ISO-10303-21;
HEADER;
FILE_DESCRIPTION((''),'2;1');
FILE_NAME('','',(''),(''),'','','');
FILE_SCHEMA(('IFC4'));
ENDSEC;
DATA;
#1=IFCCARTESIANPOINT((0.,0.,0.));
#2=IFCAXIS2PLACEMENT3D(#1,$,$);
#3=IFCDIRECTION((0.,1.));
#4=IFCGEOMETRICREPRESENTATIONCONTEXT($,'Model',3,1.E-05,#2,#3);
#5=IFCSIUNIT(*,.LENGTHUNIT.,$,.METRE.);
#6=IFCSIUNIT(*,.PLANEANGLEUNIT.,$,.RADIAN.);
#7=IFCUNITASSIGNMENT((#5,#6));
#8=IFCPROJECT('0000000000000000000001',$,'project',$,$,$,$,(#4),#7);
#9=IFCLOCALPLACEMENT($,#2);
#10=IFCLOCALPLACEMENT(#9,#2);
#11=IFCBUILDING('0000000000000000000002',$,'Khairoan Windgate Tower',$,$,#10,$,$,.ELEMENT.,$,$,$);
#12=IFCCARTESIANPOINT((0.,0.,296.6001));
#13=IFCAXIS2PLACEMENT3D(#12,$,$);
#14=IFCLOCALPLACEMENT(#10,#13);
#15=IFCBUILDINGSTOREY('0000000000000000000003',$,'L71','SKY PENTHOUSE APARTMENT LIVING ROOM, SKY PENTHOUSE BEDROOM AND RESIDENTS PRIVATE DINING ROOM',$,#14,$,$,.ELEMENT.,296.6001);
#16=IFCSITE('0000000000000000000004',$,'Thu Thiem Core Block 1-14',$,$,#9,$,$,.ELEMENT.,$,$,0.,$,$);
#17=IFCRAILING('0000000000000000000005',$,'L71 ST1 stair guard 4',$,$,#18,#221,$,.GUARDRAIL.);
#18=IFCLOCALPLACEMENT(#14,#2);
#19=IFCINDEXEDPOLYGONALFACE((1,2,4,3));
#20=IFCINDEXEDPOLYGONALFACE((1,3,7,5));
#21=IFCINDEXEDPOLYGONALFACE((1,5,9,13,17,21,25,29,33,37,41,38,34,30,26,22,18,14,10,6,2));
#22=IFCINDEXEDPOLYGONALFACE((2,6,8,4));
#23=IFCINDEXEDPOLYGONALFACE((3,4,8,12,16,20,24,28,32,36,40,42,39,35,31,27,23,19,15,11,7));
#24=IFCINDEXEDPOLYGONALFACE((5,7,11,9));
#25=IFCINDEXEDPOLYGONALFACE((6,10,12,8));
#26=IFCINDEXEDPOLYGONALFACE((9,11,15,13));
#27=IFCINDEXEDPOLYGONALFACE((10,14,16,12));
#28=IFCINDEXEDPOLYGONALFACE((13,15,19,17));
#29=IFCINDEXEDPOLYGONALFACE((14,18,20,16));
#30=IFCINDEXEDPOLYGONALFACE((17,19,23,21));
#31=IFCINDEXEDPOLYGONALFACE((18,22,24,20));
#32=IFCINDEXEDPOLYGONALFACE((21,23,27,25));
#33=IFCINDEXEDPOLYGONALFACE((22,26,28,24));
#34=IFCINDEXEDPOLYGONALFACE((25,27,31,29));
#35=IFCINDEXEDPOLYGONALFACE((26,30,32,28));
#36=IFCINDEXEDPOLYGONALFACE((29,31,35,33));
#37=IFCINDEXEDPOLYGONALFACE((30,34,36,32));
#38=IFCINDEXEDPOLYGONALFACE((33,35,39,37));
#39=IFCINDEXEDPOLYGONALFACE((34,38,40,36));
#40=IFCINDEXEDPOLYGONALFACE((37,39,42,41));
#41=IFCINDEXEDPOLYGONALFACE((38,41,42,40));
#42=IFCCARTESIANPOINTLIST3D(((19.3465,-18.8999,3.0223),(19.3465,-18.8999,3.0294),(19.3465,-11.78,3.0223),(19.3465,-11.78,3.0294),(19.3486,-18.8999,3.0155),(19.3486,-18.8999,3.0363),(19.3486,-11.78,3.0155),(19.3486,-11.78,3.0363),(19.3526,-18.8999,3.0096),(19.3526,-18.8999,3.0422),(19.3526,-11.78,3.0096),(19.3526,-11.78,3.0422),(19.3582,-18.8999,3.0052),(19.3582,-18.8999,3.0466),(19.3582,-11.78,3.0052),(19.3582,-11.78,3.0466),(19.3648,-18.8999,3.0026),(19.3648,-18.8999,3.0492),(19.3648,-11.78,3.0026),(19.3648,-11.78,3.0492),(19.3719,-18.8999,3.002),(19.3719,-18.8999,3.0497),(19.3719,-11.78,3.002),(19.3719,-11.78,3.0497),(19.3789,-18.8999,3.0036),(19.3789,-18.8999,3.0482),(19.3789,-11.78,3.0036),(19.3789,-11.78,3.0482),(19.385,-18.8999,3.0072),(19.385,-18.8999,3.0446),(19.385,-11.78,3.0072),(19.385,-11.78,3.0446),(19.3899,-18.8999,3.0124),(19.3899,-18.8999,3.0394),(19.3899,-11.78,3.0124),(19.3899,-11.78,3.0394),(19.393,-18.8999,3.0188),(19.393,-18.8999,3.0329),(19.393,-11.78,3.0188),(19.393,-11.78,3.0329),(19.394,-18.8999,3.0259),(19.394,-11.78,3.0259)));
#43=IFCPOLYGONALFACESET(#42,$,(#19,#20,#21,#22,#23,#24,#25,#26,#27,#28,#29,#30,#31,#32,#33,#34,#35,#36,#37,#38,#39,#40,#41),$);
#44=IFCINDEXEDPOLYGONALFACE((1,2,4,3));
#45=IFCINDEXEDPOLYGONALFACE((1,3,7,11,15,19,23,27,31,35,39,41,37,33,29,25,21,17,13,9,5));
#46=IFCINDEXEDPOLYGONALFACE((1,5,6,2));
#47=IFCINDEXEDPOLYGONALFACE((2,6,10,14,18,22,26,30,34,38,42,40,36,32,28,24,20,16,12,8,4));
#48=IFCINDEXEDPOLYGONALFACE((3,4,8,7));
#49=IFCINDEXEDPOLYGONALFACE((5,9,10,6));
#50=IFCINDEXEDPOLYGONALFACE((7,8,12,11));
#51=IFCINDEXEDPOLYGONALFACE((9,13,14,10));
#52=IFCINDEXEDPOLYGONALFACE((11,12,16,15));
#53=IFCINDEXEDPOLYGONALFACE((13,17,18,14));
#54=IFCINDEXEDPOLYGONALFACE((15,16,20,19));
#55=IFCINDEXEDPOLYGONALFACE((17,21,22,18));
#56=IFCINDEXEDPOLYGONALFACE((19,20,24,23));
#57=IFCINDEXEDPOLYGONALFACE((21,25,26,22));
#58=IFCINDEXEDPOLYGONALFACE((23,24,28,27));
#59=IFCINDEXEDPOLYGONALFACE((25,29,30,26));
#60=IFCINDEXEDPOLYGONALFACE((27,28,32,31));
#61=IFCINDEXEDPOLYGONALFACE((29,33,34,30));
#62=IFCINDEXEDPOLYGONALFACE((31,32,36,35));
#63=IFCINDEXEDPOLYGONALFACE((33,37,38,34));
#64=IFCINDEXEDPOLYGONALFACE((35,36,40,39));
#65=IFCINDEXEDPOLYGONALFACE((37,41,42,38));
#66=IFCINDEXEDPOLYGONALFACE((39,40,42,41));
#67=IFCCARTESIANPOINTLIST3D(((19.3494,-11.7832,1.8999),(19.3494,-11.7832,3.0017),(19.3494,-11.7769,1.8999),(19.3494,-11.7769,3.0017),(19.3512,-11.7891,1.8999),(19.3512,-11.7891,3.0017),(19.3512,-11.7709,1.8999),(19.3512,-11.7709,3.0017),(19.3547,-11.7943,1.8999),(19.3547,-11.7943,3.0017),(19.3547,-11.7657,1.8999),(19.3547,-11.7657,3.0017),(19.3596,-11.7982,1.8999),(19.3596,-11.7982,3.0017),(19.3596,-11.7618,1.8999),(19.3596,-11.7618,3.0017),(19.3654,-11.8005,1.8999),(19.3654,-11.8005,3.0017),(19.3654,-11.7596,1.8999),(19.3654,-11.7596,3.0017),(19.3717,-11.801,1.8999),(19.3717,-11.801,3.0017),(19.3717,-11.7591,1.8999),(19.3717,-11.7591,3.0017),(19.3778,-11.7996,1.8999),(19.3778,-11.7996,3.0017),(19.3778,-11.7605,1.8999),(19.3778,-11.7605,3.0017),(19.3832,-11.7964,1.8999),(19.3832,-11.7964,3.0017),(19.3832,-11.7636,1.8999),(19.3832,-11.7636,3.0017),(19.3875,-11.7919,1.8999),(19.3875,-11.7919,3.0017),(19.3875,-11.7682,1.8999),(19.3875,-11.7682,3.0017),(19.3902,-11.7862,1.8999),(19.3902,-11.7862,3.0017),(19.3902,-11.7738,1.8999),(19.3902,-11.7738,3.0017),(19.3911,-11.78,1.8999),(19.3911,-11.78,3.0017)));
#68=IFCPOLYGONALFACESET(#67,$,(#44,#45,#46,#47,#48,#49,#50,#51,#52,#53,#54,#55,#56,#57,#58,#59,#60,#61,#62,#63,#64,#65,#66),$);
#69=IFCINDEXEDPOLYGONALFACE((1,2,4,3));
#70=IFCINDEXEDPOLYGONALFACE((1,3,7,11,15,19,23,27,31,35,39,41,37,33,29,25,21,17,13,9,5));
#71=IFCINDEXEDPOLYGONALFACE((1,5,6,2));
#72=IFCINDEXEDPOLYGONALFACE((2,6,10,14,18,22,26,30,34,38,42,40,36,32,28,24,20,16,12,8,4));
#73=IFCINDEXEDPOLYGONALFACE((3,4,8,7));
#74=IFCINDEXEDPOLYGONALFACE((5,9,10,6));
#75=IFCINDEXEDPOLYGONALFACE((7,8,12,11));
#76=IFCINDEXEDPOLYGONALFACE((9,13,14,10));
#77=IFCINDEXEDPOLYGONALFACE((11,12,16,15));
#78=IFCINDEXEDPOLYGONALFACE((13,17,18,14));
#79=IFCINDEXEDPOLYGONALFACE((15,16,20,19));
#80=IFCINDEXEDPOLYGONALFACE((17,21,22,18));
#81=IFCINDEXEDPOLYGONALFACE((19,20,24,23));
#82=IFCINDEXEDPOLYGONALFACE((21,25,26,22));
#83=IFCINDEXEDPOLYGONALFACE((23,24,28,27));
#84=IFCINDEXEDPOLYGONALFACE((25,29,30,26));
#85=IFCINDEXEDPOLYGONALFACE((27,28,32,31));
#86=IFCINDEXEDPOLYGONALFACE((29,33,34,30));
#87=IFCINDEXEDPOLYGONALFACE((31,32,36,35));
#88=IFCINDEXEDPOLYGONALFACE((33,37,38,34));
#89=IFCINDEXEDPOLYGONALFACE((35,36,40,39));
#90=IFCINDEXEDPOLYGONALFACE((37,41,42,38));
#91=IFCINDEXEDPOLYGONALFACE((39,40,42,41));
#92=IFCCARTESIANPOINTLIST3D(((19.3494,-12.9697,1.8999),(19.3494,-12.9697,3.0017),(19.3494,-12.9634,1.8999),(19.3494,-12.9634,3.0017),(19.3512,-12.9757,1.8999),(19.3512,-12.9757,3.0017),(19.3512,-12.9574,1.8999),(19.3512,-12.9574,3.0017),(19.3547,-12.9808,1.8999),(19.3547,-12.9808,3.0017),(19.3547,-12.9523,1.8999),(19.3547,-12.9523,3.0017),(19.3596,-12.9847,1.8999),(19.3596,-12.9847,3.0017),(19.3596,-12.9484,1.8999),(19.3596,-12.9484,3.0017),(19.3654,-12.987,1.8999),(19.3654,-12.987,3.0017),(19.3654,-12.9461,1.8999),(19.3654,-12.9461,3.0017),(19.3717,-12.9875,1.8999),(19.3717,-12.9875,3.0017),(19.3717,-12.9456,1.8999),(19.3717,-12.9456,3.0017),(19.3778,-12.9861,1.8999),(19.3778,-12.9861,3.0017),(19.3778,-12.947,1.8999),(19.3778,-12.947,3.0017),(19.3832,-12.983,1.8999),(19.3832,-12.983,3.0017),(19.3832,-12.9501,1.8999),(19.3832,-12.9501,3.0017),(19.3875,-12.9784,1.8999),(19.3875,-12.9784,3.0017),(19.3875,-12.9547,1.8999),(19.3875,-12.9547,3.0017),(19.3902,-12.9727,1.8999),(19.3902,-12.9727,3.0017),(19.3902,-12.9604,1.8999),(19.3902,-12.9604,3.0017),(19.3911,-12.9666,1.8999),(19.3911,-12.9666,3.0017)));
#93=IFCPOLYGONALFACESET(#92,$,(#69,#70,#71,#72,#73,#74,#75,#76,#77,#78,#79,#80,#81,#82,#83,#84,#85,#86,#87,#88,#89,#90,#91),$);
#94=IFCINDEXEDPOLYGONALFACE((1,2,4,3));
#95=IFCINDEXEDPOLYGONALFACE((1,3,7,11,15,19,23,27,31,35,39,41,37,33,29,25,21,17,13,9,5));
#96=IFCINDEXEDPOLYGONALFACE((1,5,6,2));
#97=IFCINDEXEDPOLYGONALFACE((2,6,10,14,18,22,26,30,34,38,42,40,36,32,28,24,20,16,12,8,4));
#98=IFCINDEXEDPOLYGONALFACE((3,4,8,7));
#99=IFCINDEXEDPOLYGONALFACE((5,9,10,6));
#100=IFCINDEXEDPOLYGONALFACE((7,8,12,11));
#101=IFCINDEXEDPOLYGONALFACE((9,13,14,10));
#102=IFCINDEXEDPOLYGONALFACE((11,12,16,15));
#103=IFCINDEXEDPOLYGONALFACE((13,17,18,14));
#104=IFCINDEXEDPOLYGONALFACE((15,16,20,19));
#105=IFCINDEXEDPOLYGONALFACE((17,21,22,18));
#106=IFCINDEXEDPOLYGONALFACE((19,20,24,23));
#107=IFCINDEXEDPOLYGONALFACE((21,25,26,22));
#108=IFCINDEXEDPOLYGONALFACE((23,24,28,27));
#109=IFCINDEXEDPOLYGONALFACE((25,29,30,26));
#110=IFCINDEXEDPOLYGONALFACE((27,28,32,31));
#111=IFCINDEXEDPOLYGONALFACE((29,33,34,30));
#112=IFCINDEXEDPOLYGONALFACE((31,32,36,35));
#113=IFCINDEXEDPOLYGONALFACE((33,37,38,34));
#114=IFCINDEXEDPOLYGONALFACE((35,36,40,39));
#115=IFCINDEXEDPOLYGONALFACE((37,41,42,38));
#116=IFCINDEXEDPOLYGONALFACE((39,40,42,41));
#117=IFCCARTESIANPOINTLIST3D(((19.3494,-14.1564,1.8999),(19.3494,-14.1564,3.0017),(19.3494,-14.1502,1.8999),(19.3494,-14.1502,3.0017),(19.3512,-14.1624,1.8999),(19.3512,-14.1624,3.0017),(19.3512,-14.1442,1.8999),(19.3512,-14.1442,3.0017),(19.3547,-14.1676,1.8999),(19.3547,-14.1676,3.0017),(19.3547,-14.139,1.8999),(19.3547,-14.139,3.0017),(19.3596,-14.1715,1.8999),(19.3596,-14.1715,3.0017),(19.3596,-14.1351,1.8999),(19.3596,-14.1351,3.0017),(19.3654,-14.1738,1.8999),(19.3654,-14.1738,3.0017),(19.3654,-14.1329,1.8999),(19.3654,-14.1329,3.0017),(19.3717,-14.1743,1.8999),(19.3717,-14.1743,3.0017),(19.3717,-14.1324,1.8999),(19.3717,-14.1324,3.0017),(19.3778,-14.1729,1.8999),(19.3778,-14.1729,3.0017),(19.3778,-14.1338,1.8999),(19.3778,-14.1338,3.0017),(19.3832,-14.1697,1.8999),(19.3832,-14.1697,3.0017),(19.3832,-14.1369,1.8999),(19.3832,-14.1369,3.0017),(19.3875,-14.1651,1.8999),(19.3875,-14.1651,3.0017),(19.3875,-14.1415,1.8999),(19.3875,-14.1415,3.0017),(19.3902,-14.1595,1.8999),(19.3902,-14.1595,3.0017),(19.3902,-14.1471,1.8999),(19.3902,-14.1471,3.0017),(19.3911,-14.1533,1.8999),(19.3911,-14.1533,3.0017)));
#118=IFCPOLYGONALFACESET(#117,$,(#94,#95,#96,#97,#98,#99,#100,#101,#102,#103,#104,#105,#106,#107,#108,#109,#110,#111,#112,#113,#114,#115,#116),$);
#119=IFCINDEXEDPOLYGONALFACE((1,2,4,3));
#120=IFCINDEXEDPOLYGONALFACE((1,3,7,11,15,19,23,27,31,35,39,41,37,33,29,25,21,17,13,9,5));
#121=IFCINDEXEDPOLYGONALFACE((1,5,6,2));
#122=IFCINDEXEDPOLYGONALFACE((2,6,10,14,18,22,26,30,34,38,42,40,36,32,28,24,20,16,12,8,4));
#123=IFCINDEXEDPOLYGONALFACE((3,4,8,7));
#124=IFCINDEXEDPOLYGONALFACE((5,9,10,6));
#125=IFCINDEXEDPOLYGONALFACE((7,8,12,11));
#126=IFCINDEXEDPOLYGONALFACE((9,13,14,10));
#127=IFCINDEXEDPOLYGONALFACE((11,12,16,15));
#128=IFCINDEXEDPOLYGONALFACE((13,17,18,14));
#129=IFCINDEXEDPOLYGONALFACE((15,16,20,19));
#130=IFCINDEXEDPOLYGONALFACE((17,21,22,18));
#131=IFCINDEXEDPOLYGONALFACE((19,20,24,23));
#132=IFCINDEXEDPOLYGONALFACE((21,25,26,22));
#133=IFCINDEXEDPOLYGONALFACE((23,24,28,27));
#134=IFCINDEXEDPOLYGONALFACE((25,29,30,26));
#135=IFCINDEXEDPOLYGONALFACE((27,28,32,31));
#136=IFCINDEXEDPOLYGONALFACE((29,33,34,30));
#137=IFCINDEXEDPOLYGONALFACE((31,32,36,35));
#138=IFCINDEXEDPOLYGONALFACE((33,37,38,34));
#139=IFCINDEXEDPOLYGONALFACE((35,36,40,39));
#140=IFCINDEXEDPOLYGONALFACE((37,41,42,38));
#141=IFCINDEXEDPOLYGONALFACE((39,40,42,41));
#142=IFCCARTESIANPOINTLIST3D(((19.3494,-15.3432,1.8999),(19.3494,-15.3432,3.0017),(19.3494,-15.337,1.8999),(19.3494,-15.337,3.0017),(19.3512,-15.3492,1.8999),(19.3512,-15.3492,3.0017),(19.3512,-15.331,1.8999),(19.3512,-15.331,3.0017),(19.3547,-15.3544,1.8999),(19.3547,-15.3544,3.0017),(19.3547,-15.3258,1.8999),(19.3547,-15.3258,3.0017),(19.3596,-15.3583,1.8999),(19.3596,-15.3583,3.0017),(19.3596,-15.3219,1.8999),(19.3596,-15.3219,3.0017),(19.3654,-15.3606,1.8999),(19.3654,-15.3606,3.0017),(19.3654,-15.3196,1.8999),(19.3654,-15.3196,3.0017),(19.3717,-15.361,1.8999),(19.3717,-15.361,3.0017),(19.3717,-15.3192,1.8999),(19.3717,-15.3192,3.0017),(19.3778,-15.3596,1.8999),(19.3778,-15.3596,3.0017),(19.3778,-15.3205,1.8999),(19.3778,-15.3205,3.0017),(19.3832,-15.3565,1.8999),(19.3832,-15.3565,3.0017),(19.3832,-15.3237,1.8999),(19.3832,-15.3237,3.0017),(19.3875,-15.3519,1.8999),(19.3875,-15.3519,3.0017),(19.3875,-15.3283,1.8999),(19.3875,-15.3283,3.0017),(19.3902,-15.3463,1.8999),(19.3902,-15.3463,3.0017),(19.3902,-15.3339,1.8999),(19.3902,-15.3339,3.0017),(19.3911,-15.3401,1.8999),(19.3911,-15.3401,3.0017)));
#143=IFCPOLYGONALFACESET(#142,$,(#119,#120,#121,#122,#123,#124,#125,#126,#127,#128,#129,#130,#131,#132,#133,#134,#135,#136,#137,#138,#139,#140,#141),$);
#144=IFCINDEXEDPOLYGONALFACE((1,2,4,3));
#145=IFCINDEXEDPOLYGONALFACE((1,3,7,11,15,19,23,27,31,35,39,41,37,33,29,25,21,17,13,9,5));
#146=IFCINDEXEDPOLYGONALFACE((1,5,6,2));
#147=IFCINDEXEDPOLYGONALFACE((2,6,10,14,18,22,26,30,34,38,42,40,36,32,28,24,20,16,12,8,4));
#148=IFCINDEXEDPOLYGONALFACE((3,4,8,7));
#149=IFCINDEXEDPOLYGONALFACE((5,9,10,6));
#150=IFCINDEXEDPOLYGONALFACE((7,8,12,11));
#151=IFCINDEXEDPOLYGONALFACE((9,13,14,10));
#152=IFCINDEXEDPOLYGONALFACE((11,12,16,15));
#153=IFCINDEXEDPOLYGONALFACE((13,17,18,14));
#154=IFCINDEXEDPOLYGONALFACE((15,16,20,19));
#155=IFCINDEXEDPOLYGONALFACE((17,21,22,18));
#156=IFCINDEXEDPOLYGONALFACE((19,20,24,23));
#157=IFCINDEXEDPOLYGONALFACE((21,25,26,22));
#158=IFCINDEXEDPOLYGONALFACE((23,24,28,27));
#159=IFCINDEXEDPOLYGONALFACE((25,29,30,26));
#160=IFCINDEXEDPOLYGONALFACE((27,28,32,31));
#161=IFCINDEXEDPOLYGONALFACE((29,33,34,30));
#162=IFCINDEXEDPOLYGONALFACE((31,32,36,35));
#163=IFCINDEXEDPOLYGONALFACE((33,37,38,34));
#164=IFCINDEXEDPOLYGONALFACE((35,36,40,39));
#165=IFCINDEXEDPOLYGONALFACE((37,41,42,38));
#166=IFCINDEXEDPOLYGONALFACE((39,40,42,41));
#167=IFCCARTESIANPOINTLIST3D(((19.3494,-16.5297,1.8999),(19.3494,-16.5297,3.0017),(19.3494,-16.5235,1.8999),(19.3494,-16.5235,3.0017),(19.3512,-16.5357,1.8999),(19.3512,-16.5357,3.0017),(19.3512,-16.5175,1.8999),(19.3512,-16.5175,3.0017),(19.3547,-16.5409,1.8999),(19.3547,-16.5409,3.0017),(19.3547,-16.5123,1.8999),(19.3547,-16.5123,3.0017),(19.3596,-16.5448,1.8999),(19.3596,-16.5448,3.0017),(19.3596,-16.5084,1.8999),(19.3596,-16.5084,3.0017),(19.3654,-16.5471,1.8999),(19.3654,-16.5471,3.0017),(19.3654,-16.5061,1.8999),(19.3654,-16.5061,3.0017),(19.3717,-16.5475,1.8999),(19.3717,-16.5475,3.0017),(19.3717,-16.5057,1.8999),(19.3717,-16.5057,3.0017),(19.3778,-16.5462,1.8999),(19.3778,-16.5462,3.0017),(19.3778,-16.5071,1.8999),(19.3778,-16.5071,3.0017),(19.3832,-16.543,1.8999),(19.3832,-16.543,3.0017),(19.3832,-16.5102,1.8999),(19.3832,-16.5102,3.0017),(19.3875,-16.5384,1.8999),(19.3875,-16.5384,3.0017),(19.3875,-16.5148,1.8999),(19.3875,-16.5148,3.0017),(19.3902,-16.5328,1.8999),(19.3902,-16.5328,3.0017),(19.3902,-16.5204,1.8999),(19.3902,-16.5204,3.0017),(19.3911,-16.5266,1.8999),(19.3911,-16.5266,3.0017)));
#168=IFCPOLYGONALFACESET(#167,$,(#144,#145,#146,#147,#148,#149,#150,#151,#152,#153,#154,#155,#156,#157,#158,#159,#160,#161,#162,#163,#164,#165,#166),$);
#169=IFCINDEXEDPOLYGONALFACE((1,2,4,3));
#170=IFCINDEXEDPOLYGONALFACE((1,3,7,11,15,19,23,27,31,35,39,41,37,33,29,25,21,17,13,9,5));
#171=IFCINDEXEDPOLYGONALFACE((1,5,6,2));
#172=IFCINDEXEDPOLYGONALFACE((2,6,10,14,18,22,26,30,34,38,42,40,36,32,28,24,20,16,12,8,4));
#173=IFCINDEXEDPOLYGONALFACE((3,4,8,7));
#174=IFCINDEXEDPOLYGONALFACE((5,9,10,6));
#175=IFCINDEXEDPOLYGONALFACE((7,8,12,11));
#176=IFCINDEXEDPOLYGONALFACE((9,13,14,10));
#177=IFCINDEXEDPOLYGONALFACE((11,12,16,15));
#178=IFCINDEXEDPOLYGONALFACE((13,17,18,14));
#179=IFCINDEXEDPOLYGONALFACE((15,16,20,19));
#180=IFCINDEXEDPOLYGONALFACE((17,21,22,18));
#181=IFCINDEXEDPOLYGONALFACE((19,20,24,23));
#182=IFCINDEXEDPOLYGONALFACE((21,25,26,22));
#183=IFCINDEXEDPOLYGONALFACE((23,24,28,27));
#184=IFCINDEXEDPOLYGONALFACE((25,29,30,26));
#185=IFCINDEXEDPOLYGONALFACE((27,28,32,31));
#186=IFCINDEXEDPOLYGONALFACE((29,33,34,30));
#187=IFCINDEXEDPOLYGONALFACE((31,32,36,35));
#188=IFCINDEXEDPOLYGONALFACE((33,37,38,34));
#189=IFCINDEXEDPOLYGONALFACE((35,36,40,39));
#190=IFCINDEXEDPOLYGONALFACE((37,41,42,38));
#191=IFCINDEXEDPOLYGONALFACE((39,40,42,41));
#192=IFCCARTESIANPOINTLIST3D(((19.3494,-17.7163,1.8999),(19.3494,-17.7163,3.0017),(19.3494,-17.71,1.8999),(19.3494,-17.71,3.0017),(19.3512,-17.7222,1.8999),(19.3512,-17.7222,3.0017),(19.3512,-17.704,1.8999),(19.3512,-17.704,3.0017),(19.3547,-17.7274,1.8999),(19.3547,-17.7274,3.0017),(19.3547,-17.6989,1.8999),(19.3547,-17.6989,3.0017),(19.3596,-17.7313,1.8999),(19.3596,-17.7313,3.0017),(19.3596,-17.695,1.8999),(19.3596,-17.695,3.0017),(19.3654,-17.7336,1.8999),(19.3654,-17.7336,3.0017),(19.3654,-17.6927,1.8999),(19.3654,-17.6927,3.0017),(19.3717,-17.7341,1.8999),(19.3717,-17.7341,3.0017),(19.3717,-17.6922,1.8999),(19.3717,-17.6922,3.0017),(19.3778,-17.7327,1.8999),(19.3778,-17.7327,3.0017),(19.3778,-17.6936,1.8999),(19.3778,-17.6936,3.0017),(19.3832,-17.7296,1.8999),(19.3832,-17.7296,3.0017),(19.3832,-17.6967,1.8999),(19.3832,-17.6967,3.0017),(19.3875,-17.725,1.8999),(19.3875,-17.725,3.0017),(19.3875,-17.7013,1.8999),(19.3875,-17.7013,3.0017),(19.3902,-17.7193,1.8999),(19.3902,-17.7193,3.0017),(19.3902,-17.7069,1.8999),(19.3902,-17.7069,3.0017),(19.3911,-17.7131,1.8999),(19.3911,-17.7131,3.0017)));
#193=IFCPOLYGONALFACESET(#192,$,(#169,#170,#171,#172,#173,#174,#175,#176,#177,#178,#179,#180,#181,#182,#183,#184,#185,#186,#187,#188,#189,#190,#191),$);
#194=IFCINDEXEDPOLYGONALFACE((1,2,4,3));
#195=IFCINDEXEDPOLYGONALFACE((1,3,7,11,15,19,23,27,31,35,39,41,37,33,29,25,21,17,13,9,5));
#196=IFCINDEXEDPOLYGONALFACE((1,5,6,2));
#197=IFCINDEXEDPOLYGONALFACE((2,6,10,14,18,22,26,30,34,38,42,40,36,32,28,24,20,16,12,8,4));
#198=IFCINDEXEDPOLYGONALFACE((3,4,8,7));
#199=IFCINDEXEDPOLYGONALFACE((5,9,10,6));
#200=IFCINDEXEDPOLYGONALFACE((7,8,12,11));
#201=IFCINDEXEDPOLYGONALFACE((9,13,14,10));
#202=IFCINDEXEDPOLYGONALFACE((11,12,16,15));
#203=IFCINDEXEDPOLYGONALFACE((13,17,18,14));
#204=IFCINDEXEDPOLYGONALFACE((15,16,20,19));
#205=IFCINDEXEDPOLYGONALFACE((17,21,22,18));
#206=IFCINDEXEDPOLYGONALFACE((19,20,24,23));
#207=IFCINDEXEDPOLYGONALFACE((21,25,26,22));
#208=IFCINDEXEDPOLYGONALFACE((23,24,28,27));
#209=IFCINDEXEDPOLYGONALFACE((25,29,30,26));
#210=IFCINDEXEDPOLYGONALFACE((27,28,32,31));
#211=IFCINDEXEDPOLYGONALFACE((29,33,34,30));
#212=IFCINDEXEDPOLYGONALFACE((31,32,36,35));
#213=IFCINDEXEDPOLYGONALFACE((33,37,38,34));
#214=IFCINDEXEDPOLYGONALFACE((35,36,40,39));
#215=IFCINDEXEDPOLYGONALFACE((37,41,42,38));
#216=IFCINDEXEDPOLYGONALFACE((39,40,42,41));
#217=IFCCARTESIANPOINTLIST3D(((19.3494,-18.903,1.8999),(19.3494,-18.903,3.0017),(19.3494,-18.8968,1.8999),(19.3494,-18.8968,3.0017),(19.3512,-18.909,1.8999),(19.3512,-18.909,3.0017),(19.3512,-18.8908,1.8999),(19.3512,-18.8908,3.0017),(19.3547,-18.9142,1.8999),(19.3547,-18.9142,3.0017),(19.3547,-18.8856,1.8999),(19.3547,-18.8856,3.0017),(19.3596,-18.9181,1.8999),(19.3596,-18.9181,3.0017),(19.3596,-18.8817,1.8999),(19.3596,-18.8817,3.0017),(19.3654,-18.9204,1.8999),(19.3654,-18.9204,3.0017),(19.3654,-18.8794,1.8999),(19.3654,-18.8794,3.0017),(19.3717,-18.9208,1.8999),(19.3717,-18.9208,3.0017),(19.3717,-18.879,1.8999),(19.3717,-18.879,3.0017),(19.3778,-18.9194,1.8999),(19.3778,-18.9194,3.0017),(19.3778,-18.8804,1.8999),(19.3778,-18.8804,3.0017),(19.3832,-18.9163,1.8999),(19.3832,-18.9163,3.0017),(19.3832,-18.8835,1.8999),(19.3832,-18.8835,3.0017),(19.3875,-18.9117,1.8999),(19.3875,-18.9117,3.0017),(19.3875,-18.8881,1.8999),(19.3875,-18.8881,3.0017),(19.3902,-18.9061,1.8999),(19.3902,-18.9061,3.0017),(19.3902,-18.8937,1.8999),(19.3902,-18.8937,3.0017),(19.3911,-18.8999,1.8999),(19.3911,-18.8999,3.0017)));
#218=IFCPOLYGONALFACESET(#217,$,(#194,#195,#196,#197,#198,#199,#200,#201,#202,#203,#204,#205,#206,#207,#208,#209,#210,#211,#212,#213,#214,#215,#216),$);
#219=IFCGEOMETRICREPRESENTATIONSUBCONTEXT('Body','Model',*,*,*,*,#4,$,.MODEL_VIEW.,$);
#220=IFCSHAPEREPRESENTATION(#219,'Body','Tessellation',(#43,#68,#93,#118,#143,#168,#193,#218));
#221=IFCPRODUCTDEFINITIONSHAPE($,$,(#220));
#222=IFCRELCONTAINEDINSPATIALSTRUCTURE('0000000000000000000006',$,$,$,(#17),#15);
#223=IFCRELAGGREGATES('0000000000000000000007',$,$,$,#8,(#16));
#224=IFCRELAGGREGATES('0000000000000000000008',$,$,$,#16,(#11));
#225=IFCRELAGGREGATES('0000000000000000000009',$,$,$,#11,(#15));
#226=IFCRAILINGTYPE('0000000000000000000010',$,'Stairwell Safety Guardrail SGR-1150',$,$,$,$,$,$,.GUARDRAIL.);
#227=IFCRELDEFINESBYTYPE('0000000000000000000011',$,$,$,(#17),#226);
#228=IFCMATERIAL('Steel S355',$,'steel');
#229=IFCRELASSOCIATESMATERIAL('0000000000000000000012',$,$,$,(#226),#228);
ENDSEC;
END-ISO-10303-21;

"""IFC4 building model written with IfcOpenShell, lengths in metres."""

from ifc_helpers import new_model, si_unit, direction, frame, origin, origin_2d, place, context, subcontext, project, spatial, circle, extrude, material, type_object, element, save


model = new_model("IFC4")

# Units and contexts
model_context = context("Model", 3, precision=1e-05, world=origin(), true_north=direction((0.0, 1.0)))
body_context = subcontext(model_context, "Body", "Model", "MODEL_VIEW")
ifc_project = project(units=[si_unit("LENGTHUNIT", "METRE"), si_unit("PLANEANGLEUNIT", "RADIAN")], contexts=[model_context])

# Site, building, storey
site_placement = place(None, origin())
site = spatial("IfcSite", under=ifc_project, at=site_placement, Name="Thu Thiem Core Block 1-14", CompositionType="ELEMENT", RefElevation=0.0)
building_placement = place(site_placement, origin())
building = spatial("IfcBuilding", under=site, at=building_placement, Name="Khairoan Windgate Tower", CompositionType="ELEMENT")
storey_placement = place(building_placement, frame((0.0, 0.0, 296.6001)))
storey = spatial("IfcBuildingStorey", under=building, at=storey_placement, Name="L71", Description="SKY PENTHOUSE APARTMENT LIVING ROOM, SKY PENTHOUSE BEDROOM AND RESIDENTS PRIVATE DINING ROOM", CompositionType="ELEMENT", Elevation=296.6001)

# Railing
ifc_material_1 = material(Name="Steel S355", Category="steel")
railing_type_1 = type_object("IfcRailingType", Name="Stairwell Safety Guardrail SGR-1150", PredefinedType="GUARDRAIL", material=ifc_material_1)
railing_1_placement = place(storey_placement, frame((19.3701, -11.78, 1.8999)))
element("IfcRailing", 1, at=railing_1_placement, inside=storey, type_object=railing_type_1, Name="L71 ST1 stair guard 4", PredefinedType="GUARDRAIL", context=body_context, shape_type="SweptSolid", body=[
    extrude(circle(Radius=0.0239, at=origin_2d()), frame((0.0, 0.0, 1.126), z_axis=(0.0, -1.0, 0.0), x_axis=(1.0, 0.0, 0.0)), (0.0, 0.0, 1.0), 7.1199),
    extrude(circle(Radius=0.021, at=origin_2d()), origin(), (0.0, 0.0, 1.0), 1.1018),
    extrude(circle(Radius=0.021, at=origin_2d()), frame((0.0, -1.1865, 0.0)), (0.0, 0.0, 1.0), 1.1018),
    extrude(circle(Radius=0.021, at=origin_2d()), frame((0.0, -2.3733, 0.0)), (0.0, 0.0, 1.0), 1.1018),
    extrude(circle(Radius=0.021, at=origin_2d()), frame((0.0, -3.5601, 0.0)), (0.0, 0.0, 1.0), 1.1018),
    extrude(circle(Radius=0.021, at=origin_2d()), frame((0.0, -4.7466, 0.0)), (0.0, 0.0, 1.0), 1.1018),
    extrude(circle(Radius=0.021, at=origin_2d()), frame((0.0, -5.9331, 0.0)), (0.0, 0.0, 1.0), 1.1018),
    extrude(circle(Radius=0.021, at=origin_2d()), frame((0.0, -7.1199, 0.0)), (0.0, 0.0, 1.0), 1.1018),
])

save(model, "model.ifc")
